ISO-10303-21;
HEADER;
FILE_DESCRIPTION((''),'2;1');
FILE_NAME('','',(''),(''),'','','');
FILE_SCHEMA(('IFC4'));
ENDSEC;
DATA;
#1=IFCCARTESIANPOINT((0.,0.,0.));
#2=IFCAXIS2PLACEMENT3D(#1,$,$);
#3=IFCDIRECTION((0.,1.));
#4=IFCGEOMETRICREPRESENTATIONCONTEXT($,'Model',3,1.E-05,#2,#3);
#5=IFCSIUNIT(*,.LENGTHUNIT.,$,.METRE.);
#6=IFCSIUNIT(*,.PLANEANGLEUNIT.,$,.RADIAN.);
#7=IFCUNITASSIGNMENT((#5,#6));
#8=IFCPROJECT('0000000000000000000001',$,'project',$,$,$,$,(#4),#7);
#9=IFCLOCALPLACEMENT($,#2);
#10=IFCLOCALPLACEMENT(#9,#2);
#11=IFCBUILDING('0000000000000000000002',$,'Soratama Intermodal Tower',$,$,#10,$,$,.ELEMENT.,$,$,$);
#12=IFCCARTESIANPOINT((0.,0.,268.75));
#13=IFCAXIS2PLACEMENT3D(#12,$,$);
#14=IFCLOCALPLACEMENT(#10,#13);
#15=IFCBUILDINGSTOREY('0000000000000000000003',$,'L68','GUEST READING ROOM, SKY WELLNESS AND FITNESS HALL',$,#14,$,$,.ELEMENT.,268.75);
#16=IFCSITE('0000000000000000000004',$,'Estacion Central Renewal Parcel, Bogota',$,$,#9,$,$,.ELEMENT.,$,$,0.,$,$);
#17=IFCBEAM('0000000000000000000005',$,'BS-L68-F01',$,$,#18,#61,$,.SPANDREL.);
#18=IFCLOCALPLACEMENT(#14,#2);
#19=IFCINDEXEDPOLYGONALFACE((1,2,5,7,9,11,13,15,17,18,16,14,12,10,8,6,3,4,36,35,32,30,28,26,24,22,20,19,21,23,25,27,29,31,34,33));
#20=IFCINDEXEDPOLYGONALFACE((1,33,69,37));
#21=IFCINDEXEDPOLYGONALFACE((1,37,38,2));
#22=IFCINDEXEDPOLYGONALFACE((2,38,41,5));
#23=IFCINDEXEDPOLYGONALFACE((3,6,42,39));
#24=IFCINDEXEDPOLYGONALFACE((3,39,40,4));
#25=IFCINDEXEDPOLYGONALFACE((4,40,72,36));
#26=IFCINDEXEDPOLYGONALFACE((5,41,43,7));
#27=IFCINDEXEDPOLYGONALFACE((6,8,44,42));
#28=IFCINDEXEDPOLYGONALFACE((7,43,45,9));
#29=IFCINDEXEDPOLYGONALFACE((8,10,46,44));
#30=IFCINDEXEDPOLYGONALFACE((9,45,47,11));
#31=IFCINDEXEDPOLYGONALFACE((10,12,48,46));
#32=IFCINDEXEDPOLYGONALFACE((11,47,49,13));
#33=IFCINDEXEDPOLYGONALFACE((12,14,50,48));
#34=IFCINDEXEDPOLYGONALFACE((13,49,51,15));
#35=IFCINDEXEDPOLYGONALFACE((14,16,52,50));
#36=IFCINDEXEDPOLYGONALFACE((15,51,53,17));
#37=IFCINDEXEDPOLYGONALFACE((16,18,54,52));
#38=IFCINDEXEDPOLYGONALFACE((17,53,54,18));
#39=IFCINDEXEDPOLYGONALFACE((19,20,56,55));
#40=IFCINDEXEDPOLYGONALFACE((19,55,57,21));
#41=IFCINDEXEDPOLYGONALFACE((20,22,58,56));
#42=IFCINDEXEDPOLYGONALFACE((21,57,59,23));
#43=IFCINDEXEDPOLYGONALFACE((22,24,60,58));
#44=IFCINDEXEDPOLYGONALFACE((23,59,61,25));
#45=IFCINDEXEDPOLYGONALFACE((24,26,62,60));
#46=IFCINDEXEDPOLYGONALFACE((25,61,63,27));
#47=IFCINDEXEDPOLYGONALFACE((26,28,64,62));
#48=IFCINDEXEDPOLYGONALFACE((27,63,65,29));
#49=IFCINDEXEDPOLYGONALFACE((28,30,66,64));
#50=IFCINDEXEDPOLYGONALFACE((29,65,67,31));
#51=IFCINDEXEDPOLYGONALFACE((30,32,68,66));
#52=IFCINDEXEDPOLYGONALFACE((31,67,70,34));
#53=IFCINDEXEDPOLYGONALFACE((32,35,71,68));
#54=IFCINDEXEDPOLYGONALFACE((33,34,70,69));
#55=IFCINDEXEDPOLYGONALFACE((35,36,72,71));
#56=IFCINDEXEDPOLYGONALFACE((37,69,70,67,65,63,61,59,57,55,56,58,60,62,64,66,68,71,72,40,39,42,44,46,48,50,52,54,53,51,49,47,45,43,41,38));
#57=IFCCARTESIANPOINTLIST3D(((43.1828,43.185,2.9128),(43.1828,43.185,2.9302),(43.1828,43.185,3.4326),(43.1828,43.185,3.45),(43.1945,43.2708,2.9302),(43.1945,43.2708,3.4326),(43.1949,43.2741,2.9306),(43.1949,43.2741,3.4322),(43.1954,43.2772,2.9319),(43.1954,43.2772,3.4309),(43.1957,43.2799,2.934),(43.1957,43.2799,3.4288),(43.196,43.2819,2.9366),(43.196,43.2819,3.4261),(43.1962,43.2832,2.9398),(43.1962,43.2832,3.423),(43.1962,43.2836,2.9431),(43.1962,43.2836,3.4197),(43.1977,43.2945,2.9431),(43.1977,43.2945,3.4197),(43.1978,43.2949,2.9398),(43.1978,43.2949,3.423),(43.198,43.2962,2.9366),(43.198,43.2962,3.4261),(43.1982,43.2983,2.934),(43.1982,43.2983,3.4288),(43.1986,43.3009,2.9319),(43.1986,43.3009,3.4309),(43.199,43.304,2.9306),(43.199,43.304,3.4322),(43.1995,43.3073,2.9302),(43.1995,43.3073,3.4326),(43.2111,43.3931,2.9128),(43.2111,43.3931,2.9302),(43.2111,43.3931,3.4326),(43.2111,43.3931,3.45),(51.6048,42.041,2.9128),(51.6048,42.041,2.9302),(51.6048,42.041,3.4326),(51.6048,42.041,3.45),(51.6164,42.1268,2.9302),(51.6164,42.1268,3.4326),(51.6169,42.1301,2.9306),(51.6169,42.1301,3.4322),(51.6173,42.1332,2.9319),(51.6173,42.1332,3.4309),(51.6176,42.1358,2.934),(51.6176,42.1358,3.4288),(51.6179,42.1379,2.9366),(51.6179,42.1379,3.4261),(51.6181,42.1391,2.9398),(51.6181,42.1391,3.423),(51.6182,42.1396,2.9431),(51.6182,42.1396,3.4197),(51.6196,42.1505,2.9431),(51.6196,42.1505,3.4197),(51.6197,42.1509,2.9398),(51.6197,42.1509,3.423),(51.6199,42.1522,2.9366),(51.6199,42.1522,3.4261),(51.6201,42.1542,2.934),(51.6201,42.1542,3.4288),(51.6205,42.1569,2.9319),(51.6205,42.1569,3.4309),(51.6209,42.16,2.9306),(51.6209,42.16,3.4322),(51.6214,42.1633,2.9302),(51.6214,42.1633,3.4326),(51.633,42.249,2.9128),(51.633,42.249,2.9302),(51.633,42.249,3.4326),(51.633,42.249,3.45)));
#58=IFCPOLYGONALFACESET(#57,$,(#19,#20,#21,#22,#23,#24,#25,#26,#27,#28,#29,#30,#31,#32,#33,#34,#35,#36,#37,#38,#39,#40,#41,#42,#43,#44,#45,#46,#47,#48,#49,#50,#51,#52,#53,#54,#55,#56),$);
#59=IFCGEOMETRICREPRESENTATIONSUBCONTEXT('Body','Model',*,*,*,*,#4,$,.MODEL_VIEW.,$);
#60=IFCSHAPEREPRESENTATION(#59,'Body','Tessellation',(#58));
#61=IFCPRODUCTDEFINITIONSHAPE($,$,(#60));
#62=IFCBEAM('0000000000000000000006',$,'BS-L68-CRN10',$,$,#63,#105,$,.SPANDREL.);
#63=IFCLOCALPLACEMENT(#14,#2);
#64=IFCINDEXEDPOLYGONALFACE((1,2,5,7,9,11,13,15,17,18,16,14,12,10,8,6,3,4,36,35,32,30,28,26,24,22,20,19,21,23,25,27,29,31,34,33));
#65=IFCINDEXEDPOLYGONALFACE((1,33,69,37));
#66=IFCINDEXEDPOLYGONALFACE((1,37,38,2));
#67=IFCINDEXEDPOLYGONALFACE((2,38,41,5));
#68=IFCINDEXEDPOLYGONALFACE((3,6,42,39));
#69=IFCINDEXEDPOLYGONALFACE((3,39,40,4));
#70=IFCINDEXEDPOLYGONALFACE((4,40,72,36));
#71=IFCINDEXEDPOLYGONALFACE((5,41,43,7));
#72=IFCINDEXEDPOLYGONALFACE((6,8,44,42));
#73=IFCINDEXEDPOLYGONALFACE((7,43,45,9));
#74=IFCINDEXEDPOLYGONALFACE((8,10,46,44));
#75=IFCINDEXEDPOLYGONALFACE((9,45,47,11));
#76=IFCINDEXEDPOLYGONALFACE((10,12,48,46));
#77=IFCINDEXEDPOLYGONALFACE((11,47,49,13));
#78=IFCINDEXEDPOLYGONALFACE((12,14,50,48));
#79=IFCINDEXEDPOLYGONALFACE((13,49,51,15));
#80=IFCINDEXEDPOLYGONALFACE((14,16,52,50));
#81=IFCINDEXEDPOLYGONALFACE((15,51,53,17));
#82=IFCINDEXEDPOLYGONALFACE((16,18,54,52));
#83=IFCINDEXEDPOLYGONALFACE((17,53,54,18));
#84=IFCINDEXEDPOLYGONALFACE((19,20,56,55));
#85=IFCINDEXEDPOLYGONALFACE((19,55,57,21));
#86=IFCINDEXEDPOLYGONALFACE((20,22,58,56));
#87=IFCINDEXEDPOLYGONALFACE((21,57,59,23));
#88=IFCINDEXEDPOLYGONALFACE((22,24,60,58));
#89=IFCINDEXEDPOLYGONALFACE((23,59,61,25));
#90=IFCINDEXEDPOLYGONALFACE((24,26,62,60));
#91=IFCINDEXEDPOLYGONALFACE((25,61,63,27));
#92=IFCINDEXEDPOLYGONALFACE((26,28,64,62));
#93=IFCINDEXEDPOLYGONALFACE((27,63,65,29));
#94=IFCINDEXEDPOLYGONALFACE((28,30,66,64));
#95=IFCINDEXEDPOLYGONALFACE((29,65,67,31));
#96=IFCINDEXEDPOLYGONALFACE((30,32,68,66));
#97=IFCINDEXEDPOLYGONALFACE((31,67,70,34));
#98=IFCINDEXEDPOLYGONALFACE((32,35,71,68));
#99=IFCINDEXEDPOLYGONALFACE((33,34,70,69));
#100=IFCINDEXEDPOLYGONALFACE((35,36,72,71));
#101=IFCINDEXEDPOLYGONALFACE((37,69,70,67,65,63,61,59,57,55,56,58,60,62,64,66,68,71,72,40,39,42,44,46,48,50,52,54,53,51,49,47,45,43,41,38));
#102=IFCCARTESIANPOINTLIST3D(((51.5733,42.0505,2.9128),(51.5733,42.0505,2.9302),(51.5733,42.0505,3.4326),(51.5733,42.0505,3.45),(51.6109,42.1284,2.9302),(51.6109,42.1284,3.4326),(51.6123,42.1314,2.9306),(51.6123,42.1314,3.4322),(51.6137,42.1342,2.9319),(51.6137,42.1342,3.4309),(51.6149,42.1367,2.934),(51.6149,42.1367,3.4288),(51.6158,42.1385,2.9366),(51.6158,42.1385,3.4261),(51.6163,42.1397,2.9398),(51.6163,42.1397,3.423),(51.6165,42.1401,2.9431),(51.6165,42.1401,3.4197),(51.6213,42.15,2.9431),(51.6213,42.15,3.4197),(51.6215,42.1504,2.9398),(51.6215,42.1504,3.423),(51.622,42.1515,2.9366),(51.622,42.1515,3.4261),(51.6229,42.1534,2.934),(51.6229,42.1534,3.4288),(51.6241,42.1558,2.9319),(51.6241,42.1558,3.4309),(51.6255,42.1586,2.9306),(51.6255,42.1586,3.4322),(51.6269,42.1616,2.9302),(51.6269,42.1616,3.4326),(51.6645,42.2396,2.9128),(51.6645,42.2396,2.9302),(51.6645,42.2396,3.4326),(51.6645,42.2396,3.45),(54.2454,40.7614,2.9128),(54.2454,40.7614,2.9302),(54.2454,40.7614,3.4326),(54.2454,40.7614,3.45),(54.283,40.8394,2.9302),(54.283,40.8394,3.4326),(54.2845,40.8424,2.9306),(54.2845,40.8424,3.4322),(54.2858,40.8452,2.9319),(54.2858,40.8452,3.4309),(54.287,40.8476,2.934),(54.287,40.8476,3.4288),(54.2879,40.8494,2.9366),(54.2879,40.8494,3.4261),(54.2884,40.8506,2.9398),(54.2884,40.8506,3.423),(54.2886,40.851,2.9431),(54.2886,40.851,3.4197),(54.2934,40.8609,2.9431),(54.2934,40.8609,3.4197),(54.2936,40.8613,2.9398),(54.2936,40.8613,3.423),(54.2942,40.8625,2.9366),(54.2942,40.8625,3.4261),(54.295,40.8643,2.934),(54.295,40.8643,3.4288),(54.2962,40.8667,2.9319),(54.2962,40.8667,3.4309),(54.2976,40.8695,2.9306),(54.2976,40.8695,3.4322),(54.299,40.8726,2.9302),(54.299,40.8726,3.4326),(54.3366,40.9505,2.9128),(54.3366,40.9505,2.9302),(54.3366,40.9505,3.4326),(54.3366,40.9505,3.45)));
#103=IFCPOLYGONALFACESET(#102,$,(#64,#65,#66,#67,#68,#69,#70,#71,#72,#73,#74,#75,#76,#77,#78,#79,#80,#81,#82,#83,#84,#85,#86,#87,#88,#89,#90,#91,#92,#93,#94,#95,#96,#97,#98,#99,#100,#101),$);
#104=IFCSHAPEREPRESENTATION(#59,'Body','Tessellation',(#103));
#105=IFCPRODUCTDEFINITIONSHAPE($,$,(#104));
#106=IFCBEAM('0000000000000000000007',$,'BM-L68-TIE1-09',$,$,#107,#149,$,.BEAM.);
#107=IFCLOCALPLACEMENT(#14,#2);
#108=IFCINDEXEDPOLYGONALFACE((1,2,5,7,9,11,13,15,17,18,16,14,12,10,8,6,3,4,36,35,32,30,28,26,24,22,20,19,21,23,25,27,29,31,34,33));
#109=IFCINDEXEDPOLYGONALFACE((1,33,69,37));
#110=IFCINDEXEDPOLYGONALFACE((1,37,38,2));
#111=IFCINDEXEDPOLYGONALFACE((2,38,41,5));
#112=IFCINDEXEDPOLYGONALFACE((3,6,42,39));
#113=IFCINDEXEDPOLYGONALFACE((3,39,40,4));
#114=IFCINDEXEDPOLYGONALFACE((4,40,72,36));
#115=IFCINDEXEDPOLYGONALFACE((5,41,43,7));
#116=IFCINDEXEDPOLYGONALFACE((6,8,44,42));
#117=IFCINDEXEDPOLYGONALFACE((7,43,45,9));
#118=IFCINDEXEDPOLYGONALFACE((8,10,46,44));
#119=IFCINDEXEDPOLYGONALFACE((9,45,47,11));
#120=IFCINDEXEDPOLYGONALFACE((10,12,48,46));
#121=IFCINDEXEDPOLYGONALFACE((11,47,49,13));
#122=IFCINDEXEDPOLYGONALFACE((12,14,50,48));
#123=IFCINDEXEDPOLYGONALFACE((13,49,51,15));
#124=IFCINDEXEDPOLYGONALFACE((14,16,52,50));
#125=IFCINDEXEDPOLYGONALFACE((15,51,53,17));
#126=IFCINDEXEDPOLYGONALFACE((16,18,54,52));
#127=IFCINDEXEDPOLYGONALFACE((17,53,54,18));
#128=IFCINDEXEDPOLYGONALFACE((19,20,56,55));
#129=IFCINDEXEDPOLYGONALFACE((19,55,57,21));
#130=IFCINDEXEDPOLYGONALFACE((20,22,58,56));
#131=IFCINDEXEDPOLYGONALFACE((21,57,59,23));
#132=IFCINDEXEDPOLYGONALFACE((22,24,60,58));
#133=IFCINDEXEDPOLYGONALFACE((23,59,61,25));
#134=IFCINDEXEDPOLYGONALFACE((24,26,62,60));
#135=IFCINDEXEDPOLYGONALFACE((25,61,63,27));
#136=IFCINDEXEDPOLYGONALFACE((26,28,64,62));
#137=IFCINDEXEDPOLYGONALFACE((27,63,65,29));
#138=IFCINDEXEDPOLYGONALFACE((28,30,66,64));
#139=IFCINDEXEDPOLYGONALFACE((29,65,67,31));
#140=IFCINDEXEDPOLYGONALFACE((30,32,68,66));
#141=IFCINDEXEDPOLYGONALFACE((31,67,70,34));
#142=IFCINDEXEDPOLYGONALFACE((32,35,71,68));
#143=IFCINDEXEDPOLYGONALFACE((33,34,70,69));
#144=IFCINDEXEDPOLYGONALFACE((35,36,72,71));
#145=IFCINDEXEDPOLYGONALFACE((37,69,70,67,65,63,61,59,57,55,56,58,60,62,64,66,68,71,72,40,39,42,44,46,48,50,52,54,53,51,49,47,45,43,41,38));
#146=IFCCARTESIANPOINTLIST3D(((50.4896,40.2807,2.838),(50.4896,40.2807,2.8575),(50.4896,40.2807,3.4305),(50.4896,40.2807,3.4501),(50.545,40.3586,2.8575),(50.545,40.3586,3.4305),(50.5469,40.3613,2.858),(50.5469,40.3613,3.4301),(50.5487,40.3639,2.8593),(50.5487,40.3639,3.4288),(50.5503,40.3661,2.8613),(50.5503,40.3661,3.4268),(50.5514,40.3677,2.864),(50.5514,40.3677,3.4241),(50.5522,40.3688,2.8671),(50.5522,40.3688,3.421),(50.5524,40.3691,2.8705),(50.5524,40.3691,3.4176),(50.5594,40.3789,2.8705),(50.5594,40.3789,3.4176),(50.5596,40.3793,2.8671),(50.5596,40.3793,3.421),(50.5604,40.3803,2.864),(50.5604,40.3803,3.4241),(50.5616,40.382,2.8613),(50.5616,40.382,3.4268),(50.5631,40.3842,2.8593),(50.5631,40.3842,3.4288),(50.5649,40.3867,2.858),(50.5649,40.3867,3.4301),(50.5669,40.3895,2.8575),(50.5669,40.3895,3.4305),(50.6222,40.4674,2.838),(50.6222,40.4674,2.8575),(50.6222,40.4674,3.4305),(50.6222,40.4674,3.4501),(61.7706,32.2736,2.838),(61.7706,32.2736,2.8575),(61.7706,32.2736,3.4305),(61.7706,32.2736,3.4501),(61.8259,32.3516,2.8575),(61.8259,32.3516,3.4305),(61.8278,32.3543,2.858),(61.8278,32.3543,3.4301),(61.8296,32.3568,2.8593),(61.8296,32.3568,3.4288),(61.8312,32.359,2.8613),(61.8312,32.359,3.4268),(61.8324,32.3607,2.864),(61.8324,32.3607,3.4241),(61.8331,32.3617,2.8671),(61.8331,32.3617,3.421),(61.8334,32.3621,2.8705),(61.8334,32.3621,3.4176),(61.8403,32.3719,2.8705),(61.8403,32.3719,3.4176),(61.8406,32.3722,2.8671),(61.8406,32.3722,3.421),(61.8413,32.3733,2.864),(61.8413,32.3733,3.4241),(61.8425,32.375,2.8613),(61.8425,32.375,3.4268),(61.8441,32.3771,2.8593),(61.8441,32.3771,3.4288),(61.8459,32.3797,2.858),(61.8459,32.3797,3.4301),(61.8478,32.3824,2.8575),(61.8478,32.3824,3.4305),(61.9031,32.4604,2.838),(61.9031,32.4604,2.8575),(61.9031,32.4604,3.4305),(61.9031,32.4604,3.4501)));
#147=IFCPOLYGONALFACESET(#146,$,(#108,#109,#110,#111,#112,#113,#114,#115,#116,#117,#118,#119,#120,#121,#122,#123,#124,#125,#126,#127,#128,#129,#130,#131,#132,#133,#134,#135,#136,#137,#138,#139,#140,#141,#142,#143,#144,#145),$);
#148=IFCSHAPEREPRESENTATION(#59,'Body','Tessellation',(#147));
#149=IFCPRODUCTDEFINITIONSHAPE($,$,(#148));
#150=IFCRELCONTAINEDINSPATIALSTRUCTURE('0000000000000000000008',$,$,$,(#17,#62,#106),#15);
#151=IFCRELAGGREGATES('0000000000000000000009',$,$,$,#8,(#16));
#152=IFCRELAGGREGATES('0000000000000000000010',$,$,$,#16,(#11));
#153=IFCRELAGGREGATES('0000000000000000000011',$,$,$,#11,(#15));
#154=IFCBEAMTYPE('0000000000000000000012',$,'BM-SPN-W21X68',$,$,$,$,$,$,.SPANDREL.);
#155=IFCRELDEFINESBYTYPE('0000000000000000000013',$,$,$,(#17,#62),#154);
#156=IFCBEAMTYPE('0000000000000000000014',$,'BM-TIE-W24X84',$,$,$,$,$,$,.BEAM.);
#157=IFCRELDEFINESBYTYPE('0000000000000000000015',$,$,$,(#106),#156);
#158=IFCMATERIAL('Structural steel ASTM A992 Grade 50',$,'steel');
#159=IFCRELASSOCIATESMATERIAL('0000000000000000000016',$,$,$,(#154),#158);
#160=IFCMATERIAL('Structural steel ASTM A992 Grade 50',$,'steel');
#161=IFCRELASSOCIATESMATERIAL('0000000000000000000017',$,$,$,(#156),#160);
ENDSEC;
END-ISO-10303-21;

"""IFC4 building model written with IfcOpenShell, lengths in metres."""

from ifc_helpers import new_model, si_unit, direction, frame, origin, origin_2d, place, context, subcontext, project, spatial, i_section, extrude, material, material_profile, profile_set, type_object, element, save


model = new_model("IFC4")

# Units and contexts
model_context = context("Model", 3, precision=1e-05, world=origin(), true_north=direction((0.0, 1.0)))
body_context = subcontext(model_context, "Body", "Model", "MODEL_VIEW")
ifc_project = project(units=[si_unit("LENGTHUNIT", "METRE"), si_unit("PLANEANGLEUNIT", "RADIAN")], contexts=[model_context])

# Site, building, storey
site_placement = place(None, origin())
site = spatial("IfcSite", under=ifc_project, at=site_placement, Name="Estacion Central Renewal Parcel, Bogota", CompositionType="ELEMENT", RefElevation=0.0)
building_placement = place(site_placement, origin())
building = spatial("IfcBuilding", under=site, at=building_placement, Name="Soratama Intermodal Tower", CompositionType="ELEMENT")
storey_placement = place(building_placement, frame((0.0, 0.0, 268.75)))
storey = spatial("IfcBuildingStorey", under=building, at=storey_placement, Name="L68", Description="GUEST READING ROOM, SKY WELLNESS AND FITNESS HALL", CompositionType="ELEMENT", Elevation=268.75)

# Beams
ifc_material_1 = material(Name="Structural steel ASTM A992 Grade 50", Category="steel")
ifc_material_profile_1 = material_profile(ifc_material_1, i_section(OverallWidth=0.21, OverallDepth=0.5371, WebThickness=0.011, FlangeThickness=0.0173, FilletRadius=0.0129, at=origin_2d()), Name="W21X68")
ifc_profile_set_1 = profile_set([ifc_material_profile_1], Name="Structural steel ASTM A992 Grade 50")
beam_type_1 = type_object("IfcBeamType", Name="BM-SPN-W21X68", PredefinedType="SPANDREL", material=ifc_profile_set_1)
beam_1_placement = place(storey_placement, frame((51.6189, 42.145, 3.1814), z_axis=(-0.990899, 0.134606, 0.0), x_axis=(-0.134606, -0.990899, 0.0)))
element("IfcBeam", 1, at=beam_1_placement, inside=storey, type_object=beam_type_1, Name="BS-L68-F01", PredefinedType="SPANDREL", context=body_context, shape_type="SweptSolid", body=[
    extrude(i_section(OverallWidth=0.21, OverallDepth=0.5371, WebThickness=0.011, FlangeThickness=0.0173, FilletRadius=0.0129, at=origin_2d()), origin(), (0.0, 0.0, 1.0), 8.4993),
])
beam_2_placement = place(storey_placement, frame((54.291, 40.856, 3.1814), z_axis=(-0.900674, 0.434496, 0.0), x_axis=(-0.434496, -0.900674, 0.0)))
element("IfcBeam", 2, at=beam_2_placement, inside=storey, type_object=beam_type_1, Name="BS-L68-CRN10", PredefinedType="SPANDREL", context=body_context, shape_type="SweptSolid", body=[
    extrude(i_section(OverallWidth=0.21, OverallDepth=0.5371, WebThickness=0.011, FlangeThickness=0.0173, FilletRadius=0.0129, at=origin_2d()), origin(), (0.0, 0.0, 1.0), 2.9668),
])
ifc_material_2 = material(Name="Structural steel ASTM A992 Grade 50", Category="steel")
ifc_material_profile_2 = material_profile(ifc_material_2, i_section(OverallWidth=0.229, OverallDepth=0.6121, WebThickness=0.012, FlangeThickness=0.0195, FilletRadius=0.0129, at=origin_2d()), Name="W24X84")
ifc_profile_set_2 = profile_set([ifc_material_profile_2], Name="Structural steel ASTM A992 Grade 50")
beam_type_2 = type_object("IfcBeamType", Name="BM-TIE-W24X84", PredefinedType="BEAM", material=ifc_profile_set_2)
beam_3_placement = place(storey_placement, frame((50.5559, 40.374, 3.144), z_axis=(0.815466, -0.578805, 0.0), x_axis=(0.578805, 0.815466, 0.0)))
element("IfcBeam", 3, at=beam_3_placement, inside=storey, type_object=beam_type_2, Name="BM-L68-TIE1-09", PredefinedType="BEAM", context=body_context, shape_type="SweptSolid", body=[
    extrude(i_section(OverallWidth=0.229, OverallDepth=0.6121, WebThickness=0.012, FlangeThickness=0.0195, FilletRadius=0.0129, at=origin_2d()), origin(), (0.0, 0.0, 1.0), 13.8337),
])

save(model, "model.ifc")
